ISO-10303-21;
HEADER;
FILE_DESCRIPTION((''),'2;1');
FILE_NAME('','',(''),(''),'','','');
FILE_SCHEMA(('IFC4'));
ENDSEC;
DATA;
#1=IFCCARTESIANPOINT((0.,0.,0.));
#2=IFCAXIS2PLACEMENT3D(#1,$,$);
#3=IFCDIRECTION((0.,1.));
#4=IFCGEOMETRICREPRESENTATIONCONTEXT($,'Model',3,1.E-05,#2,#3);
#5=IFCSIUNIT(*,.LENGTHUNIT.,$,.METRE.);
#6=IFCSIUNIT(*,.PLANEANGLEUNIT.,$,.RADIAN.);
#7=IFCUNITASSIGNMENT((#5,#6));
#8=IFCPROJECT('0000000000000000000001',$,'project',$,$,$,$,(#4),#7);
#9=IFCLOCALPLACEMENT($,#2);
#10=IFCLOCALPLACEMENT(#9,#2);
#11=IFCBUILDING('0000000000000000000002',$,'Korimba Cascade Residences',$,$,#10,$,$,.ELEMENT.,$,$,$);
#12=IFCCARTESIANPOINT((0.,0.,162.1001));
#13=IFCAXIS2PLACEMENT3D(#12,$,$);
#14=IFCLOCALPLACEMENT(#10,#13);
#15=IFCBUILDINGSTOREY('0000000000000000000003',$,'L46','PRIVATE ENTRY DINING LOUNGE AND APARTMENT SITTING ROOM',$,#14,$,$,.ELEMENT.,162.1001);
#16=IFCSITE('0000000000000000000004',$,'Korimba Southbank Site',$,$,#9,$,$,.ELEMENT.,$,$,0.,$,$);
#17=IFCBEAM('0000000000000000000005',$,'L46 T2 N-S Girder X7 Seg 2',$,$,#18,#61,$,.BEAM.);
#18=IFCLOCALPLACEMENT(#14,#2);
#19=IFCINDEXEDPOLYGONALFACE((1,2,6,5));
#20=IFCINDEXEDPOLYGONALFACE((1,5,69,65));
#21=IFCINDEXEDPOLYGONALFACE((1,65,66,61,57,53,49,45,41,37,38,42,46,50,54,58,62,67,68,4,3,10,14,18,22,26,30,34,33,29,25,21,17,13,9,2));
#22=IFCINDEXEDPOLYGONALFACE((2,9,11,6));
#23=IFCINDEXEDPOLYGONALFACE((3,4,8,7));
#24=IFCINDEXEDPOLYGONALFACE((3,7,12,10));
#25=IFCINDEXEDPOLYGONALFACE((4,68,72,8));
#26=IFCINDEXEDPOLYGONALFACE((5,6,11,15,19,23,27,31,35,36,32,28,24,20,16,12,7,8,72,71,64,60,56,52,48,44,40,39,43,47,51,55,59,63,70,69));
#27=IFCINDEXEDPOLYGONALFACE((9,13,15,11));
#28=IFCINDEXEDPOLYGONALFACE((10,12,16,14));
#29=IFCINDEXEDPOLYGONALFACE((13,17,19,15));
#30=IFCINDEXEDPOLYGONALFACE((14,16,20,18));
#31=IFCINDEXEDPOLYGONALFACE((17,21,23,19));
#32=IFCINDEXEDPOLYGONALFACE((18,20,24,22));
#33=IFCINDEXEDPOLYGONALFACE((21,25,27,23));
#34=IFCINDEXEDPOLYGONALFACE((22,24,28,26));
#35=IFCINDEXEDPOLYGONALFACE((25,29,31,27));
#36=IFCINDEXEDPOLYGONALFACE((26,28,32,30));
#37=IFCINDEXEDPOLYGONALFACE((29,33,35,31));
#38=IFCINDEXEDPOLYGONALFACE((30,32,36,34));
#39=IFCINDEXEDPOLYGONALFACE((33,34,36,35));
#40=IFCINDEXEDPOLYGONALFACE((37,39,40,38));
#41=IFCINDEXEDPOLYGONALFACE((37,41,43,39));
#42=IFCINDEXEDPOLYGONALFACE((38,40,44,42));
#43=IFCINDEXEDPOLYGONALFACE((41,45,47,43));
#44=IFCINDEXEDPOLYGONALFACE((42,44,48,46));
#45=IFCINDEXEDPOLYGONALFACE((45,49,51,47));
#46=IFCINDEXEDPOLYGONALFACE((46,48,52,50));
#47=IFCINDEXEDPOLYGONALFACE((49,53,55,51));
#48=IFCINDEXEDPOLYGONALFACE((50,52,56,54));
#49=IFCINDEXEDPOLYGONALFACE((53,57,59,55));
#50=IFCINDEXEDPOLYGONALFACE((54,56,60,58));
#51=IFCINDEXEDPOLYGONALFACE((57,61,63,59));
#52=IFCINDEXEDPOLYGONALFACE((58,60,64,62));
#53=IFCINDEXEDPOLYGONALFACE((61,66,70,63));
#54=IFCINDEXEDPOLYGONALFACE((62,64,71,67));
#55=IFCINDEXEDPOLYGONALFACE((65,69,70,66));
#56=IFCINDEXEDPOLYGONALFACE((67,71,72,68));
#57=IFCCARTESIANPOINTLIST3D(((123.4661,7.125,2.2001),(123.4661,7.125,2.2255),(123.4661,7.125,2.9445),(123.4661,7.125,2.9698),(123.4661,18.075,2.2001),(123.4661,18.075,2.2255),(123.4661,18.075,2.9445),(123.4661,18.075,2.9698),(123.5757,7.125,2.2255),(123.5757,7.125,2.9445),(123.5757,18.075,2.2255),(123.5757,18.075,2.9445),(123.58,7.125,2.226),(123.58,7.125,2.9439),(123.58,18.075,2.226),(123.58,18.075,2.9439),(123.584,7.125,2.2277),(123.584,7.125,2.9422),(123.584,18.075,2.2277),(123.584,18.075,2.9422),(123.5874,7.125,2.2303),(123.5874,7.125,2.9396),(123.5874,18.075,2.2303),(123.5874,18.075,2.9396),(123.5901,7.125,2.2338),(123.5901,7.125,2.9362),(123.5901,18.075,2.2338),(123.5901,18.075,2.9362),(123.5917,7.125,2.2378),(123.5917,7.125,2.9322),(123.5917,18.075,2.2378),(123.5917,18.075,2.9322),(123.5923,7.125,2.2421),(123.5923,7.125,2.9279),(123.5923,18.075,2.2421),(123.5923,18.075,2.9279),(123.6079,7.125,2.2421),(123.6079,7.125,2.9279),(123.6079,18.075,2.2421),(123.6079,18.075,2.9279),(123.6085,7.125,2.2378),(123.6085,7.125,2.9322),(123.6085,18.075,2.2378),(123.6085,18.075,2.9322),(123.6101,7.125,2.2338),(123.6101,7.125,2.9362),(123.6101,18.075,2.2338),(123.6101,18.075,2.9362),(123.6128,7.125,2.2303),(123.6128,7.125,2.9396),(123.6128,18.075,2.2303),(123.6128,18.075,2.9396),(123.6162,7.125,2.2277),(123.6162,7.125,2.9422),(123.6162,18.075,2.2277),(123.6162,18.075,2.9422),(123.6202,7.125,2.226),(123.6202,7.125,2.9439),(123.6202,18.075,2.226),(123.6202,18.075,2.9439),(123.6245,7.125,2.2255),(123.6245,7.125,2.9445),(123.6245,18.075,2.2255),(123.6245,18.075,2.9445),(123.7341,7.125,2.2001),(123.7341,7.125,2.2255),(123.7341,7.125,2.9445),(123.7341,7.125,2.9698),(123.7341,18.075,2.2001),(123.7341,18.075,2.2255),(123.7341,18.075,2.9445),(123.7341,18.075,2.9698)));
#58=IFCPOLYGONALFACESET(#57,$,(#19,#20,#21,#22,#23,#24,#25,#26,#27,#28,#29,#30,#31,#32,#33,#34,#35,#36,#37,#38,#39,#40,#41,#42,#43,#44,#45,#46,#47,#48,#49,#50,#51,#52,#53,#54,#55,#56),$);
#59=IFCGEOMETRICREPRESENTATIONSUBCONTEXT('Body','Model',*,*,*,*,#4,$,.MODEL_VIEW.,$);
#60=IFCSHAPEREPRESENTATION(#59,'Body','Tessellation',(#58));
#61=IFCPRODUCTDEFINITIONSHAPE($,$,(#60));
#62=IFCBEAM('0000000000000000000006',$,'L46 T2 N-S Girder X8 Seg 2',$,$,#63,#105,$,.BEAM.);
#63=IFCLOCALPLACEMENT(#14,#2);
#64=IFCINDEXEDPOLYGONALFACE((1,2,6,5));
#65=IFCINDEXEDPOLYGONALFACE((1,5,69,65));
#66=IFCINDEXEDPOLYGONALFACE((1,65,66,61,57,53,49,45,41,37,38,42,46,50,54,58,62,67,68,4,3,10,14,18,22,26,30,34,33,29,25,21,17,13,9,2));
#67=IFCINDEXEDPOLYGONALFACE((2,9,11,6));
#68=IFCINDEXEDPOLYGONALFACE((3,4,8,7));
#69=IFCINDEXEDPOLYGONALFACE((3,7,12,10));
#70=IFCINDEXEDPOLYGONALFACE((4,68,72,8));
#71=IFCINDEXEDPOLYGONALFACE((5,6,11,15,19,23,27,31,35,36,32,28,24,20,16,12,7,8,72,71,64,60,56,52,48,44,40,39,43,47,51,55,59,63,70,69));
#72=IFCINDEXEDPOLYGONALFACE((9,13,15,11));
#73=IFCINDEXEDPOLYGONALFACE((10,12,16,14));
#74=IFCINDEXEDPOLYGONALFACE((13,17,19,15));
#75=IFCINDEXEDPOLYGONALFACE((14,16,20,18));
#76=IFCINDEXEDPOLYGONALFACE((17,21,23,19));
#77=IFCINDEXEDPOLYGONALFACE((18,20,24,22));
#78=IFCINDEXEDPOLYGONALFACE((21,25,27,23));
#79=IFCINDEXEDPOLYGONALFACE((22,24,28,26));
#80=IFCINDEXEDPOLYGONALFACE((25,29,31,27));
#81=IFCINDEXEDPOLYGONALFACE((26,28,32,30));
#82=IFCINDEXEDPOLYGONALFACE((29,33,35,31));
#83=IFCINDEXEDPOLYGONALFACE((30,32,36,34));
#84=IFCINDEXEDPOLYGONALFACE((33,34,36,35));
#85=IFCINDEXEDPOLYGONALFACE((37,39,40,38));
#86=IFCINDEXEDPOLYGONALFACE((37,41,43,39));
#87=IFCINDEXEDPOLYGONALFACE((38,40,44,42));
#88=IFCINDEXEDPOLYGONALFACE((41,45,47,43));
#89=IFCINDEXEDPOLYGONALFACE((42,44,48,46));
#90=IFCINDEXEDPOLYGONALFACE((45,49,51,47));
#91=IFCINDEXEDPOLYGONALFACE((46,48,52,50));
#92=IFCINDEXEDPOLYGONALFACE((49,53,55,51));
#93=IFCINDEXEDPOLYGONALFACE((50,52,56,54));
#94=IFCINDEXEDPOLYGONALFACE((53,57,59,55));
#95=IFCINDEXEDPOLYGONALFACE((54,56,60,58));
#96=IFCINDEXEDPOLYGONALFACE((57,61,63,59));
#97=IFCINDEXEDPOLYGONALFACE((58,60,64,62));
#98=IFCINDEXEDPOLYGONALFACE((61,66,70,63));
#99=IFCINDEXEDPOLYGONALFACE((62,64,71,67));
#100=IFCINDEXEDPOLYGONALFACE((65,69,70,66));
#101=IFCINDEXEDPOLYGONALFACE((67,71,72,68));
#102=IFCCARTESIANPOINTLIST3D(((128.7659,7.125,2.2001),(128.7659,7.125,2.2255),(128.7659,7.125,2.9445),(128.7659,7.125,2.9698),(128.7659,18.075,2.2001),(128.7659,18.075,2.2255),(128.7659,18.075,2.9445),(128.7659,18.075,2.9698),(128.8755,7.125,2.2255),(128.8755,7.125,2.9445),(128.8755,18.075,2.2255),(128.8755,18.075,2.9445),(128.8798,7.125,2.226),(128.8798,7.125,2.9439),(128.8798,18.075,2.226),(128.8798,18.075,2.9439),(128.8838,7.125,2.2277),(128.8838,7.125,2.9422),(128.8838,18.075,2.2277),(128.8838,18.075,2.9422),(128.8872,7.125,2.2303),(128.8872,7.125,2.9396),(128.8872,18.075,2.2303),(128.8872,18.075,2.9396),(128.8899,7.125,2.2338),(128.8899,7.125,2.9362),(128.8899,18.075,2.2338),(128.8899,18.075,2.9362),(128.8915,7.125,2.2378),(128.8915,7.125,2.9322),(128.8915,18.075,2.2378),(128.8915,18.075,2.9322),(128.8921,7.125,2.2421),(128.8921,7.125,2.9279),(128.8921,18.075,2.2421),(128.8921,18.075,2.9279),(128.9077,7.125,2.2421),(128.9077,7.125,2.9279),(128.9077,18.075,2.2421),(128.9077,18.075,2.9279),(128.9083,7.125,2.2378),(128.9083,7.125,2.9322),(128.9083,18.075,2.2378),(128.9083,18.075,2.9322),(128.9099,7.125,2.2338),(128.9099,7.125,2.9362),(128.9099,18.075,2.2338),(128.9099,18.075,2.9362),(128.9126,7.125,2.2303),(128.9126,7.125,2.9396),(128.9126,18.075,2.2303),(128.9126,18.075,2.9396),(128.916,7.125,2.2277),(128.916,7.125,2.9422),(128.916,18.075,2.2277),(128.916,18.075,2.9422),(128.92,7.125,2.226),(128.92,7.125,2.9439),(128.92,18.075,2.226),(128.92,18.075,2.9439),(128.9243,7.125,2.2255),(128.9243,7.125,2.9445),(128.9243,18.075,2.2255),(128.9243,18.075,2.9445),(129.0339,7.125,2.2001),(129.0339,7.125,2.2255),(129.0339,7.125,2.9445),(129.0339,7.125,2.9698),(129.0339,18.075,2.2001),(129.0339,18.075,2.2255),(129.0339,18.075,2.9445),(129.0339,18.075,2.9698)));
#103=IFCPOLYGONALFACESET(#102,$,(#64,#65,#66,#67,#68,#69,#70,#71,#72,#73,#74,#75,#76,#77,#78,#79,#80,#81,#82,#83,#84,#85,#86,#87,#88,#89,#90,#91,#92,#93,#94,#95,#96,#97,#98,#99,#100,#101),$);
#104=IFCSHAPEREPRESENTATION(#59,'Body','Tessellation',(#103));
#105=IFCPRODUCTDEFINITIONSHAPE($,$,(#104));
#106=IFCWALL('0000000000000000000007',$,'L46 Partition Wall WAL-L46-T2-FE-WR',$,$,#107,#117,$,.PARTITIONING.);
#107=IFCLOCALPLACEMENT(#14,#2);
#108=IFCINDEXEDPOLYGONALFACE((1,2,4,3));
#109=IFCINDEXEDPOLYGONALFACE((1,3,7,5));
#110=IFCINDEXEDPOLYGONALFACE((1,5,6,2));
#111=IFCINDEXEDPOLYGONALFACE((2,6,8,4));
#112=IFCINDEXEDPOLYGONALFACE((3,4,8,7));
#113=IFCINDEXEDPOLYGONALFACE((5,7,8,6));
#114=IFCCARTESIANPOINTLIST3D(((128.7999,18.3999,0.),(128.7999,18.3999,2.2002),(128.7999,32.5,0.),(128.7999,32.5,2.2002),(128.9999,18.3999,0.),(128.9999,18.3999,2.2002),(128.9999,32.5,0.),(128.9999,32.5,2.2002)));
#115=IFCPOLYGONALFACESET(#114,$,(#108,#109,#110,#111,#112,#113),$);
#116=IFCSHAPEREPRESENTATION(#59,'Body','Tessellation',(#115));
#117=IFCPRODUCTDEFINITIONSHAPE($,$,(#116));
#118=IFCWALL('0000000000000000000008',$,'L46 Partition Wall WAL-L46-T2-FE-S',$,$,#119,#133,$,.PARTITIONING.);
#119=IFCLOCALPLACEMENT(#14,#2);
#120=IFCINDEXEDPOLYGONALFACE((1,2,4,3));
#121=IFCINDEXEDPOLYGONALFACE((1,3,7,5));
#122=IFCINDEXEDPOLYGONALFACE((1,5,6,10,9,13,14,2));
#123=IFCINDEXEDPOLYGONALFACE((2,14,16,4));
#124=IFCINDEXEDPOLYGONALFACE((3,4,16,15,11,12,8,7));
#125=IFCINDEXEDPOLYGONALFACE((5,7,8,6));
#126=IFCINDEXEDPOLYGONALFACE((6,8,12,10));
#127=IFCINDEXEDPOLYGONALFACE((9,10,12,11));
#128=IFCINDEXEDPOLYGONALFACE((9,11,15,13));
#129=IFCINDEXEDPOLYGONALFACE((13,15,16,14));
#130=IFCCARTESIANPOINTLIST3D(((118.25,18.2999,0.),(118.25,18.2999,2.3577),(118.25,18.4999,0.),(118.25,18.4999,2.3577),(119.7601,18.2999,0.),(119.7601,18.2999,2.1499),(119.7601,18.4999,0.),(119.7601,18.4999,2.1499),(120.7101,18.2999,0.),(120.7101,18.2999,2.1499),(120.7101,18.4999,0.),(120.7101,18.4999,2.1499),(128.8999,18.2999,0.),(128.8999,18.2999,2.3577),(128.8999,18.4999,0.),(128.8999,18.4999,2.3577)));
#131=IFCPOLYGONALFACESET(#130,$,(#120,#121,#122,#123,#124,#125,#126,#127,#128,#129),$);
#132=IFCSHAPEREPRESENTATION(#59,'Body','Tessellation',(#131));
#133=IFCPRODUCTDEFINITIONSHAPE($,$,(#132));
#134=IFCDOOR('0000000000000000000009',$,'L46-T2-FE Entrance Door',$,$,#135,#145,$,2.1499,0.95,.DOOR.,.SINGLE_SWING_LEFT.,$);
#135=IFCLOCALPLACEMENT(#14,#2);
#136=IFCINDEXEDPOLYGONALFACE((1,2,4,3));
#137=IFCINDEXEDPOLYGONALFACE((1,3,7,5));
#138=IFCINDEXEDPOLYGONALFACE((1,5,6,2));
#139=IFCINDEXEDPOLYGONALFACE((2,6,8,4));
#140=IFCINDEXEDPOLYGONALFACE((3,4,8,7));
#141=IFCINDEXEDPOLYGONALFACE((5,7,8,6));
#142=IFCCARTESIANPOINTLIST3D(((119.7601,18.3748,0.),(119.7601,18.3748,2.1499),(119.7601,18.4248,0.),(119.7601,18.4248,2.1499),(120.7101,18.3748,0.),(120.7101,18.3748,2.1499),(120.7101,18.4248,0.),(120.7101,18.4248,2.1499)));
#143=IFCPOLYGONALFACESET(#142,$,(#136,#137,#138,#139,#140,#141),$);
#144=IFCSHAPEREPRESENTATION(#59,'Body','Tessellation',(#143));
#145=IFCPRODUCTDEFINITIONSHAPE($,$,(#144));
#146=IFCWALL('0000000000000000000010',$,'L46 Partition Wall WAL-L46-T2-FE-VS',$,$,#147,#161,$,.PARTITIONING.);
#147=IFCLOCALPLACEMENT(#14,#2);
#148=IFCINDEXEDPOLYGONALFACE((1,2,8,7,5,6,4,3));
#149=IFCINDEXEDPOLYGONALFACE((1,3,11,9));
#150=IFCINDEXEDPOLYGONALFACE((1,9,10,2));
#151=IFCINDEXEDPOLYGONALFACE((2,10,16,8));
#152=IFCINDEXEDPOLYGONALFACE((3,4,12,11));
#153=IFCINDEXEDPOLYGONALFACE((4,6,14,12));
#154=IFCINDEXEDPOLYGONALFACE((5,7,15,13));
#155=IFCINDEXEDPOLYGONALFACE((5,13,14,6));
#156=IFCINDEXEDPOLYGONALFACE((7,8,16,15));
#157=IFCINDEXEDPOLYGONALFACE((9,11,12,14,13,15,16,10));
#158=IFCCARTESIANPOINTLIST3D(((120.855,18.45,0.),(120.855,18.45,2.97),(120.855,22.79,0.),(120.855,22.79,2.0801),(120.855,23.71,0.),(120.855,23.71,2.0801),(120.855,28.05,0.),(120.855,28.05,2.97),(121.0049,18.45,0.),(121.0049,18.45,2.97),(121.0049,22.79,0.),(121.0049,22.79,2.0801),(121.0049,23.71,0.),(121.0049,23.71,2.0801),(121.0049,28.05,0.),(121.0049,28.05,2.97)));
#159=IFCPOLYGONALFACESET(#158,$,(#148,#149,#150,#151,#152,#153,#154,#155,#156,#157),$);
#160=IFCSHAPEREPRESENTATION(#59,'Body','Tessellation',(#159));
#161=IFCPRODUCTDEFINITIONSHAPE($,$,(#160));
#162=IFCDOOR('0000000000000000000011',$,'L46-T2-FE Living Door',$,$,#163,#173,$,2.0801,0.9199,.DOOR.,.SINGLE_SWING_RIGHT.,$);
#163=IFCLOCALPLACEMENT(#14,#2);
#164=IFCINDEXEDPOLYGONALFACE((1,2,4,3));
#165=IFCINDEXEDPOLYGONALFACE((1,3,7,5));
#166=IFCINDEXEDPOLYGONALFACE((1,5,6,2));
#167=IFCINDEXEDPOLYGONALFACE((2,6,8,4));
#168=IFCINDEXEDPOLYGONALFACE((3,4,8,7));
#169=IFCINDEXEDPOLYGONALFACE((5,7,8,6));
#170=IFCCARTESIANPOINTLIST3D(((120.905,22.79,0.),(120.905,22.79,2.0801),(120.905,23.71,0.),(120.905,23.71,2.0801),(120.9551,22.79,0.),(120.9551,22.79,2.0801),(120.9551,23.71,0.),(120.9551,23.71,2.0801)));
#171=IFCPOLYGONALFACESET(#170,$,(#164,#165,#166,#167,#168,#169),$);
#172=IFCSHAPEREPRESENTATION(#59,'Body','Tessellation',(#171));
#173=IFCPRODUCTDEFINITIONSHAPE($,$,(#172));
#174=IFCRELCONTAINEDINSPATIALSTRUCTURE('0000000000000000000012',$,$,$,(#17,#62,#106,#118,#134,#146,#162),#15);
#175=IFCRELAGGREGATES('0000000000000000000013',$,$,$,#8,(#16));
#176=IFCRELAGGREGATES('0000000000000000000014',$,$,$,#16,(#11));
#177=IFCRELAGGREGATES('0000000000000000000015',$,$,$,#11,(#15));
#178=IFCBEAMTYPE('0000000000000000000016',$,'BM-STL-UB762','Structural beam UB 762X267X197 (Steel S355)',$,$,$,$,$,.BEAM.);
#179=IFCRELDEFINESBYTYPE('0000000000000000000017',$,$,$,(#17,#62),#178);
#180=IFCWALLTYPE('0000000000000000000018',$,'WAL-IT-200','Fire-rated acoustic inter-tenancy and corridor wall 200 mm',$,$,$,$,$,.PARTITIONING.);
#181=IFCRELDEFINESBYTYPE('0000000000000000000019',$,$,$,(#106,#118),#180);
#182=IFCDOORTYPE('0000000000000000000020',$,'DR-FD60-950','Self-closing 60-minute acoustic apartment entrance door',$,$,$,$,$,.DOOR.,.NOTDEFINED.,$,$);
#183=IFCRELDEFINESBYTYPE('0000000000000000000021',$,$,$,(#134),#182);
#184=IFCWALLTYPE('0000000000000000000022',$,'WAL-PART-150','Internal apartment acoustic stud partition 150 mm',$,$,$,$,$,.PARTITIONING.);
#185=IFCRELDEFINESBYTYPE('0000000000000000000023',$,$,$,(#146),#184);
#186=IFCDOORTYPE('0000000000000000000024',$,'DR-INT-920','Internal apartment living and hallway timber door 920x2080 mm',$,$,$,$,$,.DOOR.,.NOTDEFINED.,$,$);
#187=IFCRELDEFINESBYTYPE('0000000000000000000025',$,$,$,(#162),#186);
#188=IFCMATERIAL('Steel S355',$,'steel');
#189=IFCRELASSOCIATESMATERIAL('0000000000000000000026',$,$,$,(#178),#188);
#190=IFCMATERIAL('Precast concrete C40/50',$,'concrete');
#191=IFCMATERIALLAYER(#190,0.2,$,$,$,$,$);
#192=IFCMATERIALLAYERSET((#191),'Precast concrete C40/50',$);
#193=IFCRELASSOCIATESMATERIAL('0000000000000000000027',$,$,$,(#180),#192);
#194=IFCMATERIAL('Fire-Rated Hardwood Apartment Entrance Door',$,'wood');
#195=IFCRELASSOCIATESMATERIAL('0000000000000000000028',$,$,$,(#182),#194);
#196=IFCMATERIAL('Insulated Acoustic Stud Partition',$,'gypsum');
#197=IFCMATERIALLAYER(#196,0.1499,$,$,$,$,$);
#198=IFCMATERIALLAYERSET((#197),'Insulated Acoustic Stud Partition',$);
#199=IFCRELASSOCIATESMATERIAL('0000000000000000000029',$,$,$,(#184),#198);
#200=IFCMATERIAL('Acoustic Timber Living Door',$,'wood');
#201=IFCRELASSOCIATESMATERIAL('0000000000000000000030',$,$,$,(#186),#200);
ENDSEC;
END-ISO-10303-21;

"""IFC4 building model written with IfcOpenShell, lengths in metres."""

from ifc_helpers import new_model, si_unit, direction, frame, frame_2d, origin, origin_2d, place, context, subcontext, project, spatial, rectangle, i_section, extrude, material, layer, layer_set, material_profile, profile_set, type_object, element, fill, save


model = new_model("IFC4")

# Units and contexts
model_context = context("Model", 3, precision=1e-05, world=origin(), true_north=direction((0.0, 1.0)))
body_context = subcontext(model_context, "Body", "Model", "MODEL_VIEW")
ifc_project = project(units=[si_unit("LENGTHUNIT", "METRE"), si_unit("PLANEANGLEUNIT", "RADIAN")], contexts=[model_context])

# Site, building, storey
site_placement = place(None, origin())
site = spatial("IfcSite", under=ifc_project, at=site_placement, Name="Korimba Southbank Site", CompositionType="ELEMENT", RefElevation=0.0)
building_placement = place(site_placement, origin())
building = spatial("IfcBuilding", under=site, at=building_placement, Name="Korimba Cascade Residences", CompositionType="ELEMENT")
storey_placement = place(building_placement, frame((0.0, 0.0, 162.1001)))
storey = spatial("IfcBuildingStorey", under=building, at=storey_placement, Name="L46", Description="PRIVATE ENTRY DINING LOUNGE AND APARTMENT SITTING ROOM", CompositionType="ELEMENT", Elevation=162.1001)

# Beams
ifc_material_1 = material(Name="Steel S355", Category="steel")
ifc_material_profile_1 = material_profile(ifc_material_1, i_section(OverallWidth=0.2681, OverallDepth=0.7698, WebThickness=0.0156, FlangeThickness=0.0254, FilletRadius=0.0166, at=origin_2d()), Name="Steel S355")
ifc_profile_set_1 = profile_set([ifc_material_profile_1], Name="Steel S355")
beam_type_1 = type_object("IfcBeamType", Name="BM-STL-UB762", Description="Structural beam UB 762X267X197 (Steel S355)", PredefinedType="BEAM", material=ifc_profile_set_1)
for number, where, z_axis, x_axis, name in (
    (1, (123.6001, 7.125, 2.585), (0.0, 1.0, 0.0), (-1.0, 0.0, 0.0), "L46 T2 N-S Girder X7 Seg 2"),
    (2, (128.8999, 7.125, 2.585), (0.0, 1.0, 0.0), (-1.0, 0.0, 0.0), "L46 T2 N-S Girder X8 Seg 2"),
):
    element("IfcBeam", number, at=place(storey_placement, frame(where, z_axis=z_axis, x_axis=x_axis)), inside=storey, type_object=beam_type_1, Name=name, PredefinedType="BEAM", context=body_context, shape_type="SweptSolid", body=[
        extrude(i_section(OverallWidth=0.2681, OverallDepth=0.7698, WebThickness=0.0156, FlangeThickness=0.0254, FilletRadius=0.0166, at=origin_2d()), origin(), (0.0, 0.0, 1.0), 10.95),
    ])

# Wall
ifc_material_2 = material(Name="Precast concrete C40/50", Category="concrete")
ifc_layer_1 = layer(ifc_material_2, 0.2)
ifc_layer_set_1 = layer_set([ifc_layer_1], Name="Precast concrete C40/50")
wall_type_1 = type_object("IfcWallType", Name="WAL-IT-200", Description="Fire-rated acoustic inter-tenancy and corridor wall 200 mm", PredefinedType="PARTITIONING", material=ifc_layer_set_1)
wall_1_placement = place(storey_placement, frame((128.8999, 18.3999, 0.0), z_axis=(0.0, 0.0, 1.0), x_axis=(0.0, 1.0, 0.0)))
element("IfcWall", 3, at=wall_1_placement, inside=storey, type_object=wall_type_1, Name="L46 Partition Wall WAL-L46-T2-FE-WR", PredefinedType="PARTITIONING", context=body_context, shape_type="SweptSolid", body=[
    extrude(rectangle(XDim=14.1001, YDim=0.2, at=frame_2d((7.05, 0.0))), origin(), (0.0, 0.0, 1.0), 2.2002),
])

# Walls, openings, doors
wall_2_placement = place(storey_placement, frame((118.25, 18.3999, 0.0), z_axis=(0.0, 0.0, 1.0), x_axis=(1.0, 0.0, 0.0)))
wall_2 = element("IfcWall", 4, at=wall_2_placement, inside=storey, type_object=wall_type_1, Name="L46 Partition Wall WAL-L46-T2-FE-S", PredefinedType="PARTITIONING", context=body_context, shape_type="SweptSolid", body=[
    extrude(rectangle(XDim=10.6499, YDim=0.2, at=frame_2d((5.325, 0.0))), origin(), (0.0, 0.0, 1.0), 2.3577),
])
opening_1_placement = place(wall_2_placement, frame((1.51, 0.0, 0.0)))
opening_1 = element("IfcOpeningElement", 5, at=opening_1_placement, cuts=wall_2, PredefinedType="OPENING", context=body_context, shape_type="SweptSolid", body=[
    extrude(rectangle(XDim=0.95, YDim=2.1499, at=frame_2d((0.4751, 1.075))), frame((0.0, 0.1099, 0.0), z_axis=(0.0, -1.0, 0.0), x_axis=(1.0, 0.0, 0.0)), (0.0, 0.0, 1.0), 0.22),
])
ifc_material_3 = material(Name="Fire-Rated Hardwood Apartment Entrance Door", Category="wood")
door_type_1 = type_object("IfcDoorType", Name="DR-FD60-950", Description="Self-closing 60-minute acoustic apartment entrance door", OperationType="NOTDEFINED", PredefinedType="DOOR", material=ifc_material_3)
door_1_placement = place(opening_1_placement, origin())
door_1 = element("IfcDoor", 6, at=door_1_placement, inside=storey, type_object=door_type_1, Name="L46-T2-FE Entrance Door", OperationType="SINGLE_SWING_LEFT", OverallHeight=2.1499, OverallWidth=0.95, PredefinedType="DOOR", context=body_context, shape_type="SweptSolid", body=[
    extrude(rectangle(XDim=0.95, YDim=2.1499, at=frame_2d((0.4751, 1.075))), frame((0.0, 0.0249, 0.0), z_axis=(0.0, -1.0, 0.0), x_axis=(1.0, 0.0, 0.0)), (0.0, 0.0, 1.0), 0.05),
])
fill(opening_1, door_1)
ifc_material_4 = material(Name="Insulated Acoustic Stud Partition", Category="gypsum")
ifc_layer_2 = layer(ifc_material_4, 0.1499)
ifc_layer_set_2 = layer_set([ifc_layer_2], Name="Insulated Acoustic Stud Partition")
wall_type_2 = type_object("IfcWallType", Name="WAL-PART-150", Description="Internal apartment acoustic stud partition 150 mm", PredefinedType="PARTITIONING", material=ifc_layer_set_2)
wall_3_placement = place(storey_placement, frame((120.9299, 18.45, 0.0), z_axis=(0.0, 0.0, 1.0), x_axis=(0.0, 1.0, 0.0)))
wall_3 = element("IfcWall", 7, at=wall_3_placement, inside=storey, type_object=wall_type_2, Name="L46 Partition Wall WAL-L46-T2-FE-VS", PredefinedType="PARTITIONING", context=body_context, shape_type="SweptSolid", body=[
    extrude(rectangle(XDim=9.6001, YDim=0.1499, at=frame_2d((4.8, 0.0))), origin(), (0.0, 0.0, 1.0), 2.97),
])
opening_2_placement = place(wall_3_placement, frame((4.3401, 0.0, 0.0)))
opening_2 = element("IfcOpeningElement", 8, at=opening_2_placement, cuts=wall_3, PredefinedType="OPENING", context=body_context, shape_type="SweptSolid", body=[
    extrude(rectangle(XDim=0.9199, YDim=2.0801, at=frame_2d((0.46, 1.04))), frame((0.0, 0.085, 0.0), z_axis=(0.0, -1.0, 0.0), x_axis=(1.0, 0.0, 0.0)), (0.0, 0.0, 1.0), 0.1699),
])
ifc_material_5 = material(Name="Acoustic Timber Living Door", Category="wood")
door_type_2 = type_object("IfcDoorType", Name="DR-INT-920", Description="Internal apartment living and hallway timber door 920x2080 mm", OperationType="NOTDEFINED", PredefinedType="DOOR", material=ifc_material_5)
door_2_placement = place(opening_2_placement, origin())
door_2 = element("IfcDoor", 9, at=door_2_placement, inside=storey, type_object=door_type_2, Name="L46-T2-FE Living Door", OperationType="SINGLE_SWING_RIGHT", OverallHeight=2.0801, OverallWidth=0.9199, PredefinedType="DOOR", context=body_context, shape_type="SweptSolid", body=[
    extrude(rectangle(XDim=0.9199, YDim=2.0801, at=frame_2d((0.46, 1.04))), frame((0.0, 0.0249, 0.0), z_axis=(0.0, -1.0, 0.0), x_axis=(1.0, 0.0, 0.0)), (0.0, 0.0, 1.0), 0.05),
])
fill(opening_2, door_2)

save(model, "model.ifc")
